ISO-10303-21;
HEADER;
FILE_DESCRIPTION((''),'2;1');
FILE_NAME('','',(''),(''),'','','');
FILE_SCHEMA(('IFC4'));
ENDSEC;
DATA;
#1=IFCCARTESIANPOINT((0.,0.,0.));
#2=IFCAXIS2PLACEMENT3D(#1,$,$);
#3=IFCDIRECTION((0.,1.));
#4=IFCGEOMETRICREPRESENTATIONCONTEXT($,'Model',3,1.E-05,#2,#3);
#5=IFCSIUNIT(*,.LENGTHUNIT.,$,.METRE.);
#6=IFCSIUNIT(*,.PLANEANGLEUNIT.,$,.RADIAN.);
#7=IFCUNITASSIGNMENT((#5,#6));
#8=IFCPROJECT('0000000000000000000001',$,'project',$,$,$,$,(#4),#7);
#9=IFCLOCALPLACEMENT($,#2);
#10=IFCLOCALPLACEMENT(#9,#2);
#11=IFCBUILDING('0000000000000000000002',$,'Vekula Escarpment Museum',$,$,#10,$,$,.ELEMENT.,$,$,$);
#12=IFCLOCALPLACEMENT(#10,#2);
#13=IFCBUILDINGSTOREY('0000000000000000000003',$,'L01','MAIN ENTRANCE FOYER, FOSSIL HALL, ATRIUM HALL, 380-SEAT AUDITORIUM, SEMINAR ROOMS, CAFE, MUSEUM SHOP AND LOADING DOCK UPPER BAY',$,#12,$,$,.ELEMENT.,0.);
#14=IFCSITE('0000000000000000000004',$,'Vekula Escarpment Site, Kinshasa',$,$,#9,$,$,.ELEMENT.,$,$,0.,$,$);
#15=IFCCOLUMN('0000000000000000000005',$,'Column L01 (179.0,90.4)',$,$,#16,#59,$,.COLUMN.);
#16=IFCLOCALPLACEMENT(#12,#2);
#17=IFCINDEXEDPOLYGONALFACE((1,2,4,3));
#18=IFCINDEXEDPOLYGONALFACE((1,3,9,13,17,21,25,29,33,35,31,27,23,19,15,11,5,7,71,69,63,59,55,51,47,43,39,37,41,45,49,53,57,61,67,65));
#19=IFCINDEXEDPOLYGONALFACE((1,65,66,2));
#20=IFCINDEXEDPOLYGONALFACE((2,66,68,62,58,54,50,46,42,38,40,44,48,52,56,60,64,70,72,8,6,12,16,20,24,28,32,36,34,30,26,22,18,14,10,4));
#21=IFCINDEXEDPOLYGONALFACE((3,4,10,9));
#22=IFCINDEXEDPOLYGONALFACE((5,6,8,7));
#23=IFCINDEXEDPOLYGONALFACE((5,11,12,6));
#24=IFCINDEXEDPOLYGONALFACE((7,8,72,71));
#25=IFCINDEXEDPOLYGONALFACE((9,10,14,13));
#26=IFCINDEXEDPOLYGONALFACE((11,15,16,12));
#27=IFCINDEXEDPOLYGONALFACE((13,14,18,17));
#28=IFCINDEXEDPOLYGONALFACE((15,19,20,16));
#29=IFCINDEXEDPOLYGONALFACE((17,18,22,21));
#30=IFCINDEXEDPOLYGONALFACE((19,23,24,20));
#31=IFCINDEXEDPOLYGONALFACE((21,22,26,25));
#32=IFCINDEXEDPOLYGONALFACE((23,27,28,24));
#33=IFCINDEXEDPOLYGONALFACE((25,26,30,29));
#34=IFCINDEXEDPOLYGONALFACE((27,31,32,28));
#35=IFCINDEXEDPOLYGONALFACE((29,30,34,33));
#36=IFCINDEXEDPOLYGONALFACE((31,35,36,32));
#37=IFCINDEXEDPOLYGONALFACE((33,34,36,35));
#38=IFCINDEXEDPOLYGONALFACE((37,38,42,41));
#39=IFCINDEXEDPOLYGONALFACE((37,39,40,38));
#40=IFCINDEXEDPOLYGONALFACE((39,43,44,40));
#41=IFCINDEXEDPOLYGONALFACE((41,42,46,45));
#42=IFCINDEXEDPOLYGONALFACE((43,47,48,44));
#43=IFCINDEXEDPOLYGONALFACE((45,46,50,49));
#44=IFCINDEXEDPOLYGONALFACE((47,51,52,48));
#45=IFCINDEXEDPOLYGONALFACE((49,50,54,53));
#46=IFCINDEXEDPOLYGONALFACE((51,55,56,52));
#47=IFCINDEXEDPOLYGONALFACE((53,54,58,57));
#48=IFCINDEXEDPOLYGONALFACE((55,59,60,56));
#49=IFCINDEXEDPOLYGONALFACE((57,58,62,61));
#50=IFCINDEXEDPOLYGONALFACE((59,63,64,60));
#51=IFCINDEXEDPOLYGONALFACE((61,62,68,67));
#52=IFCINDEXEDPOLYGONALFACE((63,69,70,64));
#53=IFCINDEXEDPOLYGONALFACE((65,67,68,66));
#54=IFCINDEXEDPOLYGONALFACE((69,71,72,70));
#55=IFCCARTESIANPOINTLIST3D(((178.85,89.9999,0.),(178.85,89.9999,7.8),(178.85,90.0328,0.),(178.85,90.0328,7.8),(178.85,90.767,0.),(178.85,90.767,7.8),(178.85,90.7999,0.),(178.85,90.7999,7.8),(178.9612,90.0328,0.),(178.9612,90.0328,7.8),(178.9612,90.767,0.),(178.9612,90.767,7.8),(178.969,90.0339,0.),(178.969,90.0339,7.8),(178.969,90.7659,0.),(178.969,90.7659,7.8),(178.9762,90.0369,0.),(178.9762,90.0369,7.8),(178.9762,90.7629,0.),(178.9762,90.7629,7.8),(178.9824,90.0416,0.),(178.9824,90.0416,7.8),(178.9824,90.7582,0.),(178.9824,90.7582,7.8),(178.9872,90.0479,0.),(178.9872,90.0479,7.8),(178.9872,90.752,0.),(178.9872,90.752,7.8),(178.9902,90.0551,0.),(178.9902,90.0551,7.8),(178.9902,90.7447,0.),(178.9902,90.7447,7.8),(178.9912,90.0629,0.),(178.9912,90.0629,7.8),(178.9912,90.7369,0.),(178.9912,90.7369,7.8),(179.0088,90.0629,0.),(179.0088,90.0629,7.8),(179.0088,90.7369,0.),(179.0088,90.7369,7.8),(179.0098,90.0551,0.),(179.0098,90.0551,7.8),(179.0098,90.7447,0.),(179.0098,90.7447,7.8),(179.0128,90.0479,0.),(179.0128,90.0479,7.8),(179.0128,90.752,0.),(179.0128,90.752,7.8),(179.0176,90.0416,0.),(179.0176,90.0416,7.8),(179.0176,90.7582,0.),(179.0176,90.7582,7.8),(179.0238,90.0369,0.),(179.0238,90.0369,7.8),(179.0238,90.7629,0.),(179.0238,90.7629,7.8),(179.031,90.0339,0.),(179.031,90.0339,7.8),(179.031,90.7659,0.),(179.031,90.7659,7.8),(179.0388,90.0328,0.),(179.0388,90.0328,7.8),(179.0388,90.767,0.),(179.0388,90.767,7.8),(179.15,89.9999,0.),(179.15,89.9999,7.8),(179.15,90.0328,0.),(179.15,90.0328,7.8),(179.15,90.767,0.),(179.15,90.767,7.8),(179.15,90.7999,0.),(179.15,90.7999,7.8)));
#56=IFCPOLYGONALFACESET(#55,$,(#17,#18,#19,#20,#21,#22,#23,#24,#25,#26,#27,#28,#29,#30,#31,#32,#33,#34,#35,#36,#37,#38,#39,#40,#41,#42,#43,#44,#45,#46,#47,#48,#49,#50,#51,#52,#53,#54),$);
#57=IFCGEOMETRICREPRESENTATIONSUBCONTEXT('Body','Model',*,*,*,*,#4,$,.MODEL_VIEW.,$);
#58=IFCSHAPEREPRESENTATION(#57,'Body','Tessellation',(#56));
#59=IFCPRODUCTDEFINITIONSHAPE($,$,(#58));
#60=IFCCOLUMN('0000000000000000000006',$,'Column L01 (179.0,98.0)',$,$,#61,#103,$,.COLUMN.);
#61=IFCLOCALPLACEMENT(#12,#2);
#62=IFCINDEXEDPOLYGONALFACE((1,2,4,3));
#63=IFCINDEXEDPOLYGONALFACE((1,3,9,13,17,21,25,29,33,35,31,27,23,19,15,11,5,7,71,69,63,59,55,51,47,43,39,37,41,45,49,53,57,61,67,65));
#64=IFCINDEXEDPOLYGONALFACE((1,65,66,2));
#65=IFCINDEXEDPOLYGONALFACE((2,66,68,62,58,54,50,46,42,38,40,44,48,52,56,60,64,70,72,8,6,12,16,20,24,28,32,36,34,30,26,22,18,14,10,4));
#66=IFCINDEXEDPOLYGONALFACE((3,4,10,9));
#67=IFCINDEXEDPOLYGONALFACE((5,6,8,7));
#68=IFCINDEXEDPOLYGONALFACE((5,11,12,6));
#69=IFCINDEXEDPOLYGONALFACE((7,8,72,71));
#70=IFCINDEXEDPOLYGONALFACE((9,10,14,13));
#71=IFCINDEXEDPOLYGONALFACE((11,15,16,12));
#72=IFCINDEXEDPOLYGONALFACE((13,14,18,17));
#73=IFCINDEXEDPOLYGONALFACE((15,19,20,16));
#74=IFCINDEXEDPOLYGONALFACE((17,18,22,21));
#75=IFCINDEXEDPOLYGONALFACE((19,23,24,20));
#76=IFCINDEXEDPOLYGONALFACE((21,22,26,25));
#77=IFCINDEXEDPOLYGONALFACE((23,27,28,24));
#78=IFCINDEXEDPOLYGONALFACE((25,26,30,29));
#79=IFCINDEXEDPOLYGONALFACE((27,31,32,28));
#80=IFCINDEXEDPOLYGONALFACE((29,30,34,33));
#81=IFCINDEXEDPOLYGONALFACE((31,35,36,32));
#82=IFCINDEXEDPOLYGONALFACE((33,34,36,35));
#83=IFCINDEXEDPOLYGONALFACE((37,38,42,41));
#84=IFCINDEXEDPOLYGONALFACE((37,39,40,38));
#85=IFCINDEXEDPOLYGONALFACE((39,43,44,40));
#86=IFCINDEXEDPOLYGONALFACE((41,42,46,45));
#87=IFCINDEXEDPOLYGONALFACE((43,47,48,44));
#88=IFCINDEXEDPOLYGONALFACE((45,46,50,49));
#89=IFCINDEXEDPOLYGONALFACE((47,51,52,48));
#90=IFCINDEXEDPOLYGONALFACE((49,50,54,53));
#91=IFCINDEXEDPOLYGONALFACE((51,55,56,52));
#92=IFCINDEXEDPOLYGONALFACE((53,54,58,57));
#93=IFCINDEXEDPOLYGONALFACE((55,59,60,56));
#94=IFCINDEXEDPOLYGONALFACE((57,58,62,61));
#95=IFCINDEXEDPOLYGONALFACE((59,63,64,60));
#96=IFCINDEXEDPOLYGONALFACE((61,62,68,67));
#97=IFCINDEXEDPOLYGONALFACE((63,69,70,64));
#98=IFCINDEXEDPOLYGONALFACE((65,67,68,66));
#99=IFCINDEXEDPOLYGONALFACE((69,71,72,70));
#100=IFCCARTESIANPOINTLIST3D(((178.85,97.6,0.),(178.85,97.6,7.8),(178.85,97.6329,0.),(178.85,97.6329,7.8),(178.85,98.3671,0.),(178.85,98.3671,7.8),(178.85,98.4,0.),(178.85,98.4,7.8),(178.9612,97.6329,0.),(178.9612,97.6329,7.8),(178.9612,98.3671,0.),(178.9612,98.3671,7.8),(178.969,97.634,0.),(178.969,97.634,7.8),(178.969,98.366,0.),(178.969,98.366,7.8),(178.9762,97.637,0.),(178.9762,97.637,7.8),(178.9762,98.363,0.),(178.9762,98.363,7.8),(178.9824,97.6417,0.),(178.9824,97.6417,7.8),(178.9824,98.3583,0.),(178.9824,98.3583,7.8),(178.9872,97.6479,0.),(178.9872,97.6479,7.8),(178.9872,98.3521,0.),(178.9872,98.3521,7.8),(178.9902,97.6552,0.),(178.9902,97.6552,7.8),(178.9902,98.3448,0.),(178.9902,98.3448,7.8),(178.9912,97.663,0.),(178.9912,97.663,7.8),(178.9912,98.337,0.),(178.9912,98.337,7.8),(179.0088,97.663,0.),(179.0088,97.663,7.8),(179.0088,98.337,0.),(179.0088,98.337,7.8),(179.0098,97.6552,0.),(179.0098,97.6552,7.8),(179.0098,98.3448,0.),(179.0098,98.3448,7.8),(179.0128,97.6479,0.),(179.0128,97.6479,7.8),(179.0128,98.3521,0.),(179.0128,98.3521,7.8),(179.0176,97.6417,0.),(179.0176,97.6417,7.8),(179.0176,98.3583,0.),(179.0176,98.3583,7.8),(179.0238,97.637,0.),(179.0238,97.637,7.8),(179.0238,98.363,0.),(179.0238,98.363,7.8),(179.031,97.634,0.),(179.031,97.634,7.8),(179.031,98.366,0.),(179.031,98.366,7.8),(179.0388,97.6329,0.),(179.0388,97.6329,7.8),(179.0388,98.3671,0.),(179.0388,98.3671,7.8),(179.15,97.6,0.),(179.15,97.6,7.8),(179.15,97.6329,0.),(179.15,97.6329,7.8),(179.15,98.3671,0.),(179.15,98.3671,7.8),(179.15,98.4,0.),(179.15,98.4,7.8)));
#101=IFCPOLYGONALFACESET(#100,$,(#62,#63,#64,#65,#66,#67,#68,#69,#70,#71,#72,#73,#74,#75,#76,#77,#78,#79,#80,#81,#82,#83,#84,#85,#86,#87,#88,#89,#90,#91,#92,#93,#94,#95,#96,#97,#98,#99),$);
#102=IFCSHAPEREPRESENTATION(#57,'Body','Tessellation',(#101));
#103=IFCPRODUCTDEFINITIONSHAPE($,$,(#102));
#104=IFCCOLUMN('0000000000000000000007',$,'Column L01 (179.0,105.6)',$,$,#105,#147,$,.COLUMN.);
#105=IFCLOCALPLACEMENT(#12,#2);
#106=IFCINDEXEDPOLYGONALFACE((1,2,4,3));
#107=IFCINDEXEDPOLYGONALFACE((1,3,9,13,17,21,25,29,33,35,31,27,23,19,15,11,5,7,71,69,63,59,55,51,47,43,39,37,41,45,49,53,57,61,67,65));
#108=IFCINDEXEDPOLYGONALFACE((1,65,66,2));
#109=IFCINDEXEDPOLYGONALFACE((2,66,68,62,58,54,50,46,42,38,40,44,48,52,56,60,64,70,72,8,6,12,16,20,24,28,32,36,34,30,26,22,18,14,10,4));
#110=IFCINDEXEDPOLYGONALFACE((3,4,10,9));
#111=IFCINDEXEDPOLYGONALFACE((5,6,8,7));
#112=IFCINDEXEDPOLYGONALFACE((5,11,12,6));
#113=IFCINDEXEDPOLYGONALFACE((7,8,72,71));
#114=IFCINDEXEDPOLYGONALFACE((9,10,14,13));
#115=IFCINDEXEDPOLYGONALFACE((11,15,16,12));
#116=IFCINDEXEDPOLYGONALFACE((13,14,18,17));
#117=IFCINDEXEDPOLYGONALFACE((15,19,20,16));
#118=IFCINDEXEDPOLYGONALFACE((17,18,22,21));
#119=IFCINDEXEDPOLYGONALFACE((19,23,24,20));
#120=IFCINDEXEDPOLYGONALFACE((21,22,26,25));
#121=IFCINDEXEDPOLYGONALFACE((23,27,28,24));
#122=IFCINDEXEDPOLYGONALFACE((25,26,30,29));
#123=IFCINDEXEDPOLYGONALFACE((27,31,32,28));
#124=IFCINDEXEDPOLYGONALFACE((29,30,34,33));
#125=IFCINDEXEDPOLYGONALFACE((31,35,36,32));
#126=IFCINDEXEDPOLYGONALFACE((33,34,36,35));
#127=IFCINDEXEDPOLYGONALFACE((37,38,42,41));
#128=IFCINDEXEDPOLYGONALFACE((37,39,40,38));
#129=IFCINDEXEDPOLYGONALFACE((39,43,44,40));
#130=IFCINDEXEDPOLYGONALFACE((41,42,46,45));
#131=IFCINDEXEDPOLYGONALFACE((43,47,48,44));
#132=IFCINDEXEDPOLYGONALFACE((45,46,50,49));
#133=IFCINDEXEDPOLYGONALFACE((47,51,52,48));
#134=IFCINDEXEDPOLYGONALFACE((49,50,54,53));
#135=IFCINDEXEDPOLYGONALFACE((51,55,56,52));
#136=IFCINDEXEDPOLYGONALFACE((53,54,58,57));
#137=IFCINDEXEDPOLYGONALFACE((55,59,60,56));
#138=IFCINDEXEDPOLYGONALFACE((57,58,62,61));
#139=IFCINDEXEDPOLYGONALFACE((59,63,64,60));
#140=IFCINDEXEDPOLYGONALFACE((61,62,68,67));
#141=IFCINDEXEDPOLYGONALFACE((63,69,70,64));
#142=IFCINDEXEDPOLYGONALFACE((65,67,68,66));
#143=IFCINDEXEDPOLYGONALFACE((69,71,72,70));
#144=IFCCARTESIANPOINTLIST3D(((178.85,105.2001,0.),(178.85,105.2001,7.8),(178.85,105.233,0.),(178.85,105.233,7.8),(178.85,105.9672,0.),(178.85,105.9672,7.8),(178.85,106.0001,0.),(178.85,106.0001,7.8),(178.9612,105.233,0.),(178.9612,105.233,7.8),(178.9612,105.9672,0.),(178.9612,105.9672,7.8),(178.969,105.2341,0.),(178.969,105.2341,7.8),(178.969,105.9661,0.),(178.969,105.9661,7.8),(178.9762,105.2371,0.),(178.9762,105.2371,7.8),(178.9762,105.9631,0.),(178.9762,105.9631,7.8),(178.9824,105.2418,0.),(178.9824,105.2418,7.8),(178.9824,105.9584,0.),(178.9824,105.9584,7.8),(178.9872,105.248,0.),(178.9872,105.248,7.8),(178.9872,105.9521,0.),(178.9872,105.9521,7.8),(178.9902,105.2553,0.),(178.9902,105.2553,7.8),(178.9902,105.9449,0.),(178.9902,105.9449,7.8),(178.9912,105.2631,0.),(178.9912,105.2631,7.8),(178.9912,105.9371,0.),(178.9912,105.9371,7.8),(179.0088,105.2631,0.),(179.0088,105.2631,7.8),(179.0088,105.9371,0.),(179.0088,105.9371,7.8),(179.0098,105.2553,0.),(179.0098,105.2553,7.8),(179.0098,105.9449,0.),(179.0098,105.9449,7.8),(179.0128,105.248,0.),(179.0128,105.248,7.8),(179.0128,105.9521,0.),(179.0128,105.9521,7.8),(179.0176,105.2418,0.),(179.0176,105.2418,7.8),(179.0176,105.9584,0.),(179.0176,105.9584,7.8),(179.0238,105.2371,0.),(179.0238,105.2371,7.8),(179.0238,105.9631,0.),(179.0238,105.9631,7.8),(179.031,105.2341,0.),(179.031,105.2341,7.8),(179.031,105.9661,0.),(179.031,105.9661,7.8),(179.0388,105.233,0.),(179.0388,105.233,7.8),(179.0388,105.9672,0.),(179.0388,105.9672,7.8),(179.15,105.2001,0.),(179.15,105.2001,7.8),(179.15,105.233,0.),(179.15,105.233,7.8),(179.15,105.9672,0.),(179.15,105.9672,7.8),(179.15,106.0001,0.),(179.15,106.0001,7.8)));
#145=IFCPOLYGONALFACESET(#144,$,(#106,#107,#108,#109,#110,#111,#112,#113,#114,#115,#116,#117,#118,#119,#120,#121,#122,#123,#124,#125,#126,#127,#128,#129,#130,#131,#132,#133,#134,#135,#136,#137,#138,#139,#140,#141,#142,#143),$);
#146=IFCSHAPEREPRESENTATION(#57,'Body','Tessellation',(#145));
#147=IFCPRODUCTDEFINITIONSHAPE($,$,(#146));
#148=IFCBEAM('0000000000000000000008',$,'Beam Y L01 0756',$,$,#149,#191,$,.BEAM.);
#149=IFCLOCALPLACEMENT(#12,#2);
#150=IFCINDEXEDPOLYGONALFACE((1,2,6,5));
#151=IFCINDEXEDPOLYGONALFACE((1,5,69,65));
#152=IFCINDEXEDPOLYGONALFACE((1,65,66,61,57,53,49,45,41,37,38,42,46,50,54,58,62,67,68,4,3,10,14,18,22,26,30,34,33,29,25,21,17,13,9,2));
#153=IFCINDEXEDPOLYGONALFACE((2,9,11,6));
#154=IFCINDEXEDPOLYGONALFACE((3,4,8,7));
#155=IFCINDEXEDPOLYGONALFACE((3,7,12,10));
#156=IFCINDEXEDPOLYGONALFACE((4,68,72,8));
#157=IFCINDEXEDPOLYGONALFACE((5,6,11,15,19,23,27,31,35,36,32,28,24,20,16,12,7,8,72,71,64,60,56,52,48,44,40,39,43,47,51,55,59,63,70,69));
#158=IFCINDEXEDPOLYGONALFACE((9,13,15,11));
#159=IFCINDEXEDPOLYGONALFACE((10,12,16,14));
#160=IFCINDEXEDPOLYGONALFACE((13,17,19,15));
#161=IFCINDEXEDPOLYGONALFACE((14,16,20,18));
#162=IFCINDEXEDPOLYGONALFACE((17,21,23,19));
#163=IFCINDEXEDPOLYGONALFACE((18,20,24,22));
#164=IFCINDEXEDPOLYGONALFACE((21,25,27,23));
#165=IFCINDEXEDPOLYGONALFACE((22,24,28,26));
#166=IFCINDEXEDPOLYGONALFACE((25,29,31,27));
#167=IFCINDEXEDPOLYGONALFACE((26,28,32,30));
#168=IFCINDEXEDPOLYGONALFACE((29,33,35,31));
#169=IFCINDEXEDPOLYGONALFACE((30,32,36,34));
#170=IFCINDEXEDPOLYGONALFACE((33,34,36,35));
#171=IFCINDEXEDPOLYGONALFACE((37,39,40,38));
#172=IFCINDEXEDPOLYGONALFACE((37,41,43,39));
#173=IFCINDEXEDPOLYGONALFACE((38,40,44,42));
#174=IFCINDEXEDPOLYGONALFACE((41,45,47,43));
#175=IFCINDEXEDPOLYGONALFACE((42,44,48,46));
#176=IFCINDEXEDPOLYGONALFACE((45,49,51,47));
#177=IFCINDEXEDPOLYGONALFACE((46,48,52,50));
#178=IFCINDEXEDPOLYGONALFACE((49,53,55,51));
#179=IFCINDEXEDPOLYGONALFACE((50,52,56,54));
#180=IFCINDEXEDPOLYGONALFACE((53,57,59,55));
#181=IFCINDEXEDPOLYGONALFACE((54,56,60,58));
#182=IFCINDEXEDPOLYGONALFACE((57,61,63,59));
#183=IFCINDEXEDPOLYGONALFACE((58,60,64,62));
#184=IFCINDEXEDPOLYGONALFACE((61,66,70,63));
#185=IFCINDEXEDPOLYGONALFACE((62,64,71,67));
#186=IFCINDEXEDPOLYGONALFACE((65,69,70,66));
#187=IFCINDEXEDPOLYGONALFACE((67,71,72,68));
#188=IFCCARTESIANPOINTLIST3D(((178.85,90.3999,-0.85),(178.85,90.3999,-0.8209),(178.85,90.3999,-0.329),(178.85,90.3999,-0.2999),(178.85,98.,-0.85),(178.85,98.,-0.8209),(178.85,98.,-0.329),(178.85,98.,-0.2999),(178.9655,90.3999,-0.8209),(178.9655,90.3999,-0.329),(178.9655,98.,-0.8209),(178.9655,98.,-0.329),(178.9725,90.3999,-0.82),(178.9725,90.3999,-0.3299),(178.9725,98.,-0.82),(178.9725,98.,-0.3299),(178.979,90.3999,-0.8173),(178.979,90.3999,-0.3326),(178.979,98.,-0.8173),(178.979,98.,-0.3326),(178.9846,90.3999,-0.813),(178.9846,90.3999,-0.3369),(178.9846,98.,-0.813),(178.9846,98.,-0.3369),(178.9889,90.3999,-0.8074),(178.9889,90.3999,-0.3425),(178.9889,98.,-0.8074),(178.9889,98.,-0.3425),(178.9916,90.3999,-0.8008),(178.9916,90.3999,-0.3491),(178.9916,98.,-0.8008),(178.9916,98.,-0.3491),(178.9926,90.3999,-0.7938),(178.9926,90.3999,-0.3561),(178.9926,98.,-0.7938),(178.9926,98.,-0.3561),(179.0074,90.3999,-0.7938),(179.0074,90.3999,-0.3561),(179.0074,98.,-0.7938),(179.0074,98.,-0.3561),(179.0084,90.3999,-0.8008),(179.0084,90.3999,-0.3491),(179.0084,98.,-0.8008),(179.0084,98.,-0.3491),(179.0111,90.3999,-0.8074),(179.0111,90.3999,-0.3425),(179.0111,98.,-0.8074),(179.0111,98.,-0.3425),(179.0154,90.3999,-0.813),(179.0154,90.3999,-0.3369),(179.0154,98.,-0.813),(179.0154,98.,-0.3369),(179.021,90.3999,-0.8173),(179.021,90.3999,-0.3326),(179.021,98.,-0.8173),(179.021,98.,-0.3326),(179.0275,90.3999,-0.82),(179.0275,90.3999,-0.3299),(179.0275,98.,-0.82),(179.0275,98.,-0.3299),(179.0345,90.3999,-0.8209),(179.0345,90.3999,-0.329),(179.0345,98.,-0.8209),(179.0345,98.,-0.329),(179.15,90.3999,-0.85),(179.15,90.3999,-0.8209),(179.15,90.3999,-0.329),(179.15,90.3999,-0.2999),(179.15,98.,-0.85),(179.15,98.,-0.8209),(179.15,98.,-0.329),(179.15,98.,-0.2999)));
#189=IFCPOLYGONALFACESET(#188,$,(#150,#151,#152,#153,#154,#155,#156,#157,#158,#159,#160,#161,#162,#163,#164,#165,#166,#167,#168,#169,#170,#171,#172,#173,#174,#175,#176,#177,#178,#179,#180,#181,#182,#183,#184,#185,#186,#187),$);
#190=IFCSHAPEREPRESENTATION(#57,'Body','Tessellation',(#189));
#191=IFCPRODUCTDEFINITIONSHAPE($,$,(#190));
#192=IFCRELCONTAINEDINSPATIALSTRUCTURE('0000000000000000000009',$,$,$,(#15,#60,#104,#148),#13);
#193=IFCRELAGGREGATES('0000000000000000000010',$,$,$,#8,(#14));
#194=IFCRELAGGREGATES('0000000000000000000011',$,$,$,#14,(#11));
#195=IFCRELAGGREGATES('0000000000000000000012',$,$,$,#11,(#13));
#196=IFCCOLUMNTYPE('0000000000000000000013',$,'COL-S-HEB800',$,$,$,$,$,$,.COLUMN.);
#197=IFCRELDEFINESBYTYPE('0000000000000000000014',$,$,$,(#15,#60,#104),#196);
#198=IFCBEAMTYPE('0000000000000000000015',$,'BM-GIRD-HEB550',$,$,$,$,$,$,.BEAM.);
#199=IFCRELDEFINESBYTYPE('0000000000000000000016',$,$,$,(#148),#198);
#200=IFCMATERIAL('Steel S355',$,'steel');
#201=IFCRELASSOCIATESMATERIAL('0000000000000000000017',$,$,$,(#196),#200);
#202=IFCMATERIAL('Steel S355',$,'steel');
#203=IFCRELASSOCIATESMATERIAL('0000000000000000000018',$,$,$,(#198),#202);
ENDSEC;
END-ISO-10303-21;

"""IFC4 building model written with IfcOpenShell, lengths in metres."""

from ifc_helpers import new_model, si_unit, direction, frame, origin, origin_2d, place, context, subcontext, project, spatial, i_section, extrude, material, material_profile, profile_set, type_object, element, save


model = new_model("IFC4")

# Units and contexts
model_context = context("Model", 3, precision=1e-05, world=origin(), true_north=direction((0.0, 1.0)))
body_context = subcontext(model_context, "Body", "Model", "MODEL_VIEW")
ifc_project = project(units=[si_unit("LENGTHUNIT", "METRE"), si_unit("PLANEANGLEUNIT", "RADIAN")], contexts=[model_context])

# Site, building, storey
site_placement = place(None, origin())
site = spatial("IfcSite", under=ifc_project, at=site_placement, Name="Vekula Escarpment Site, Kinshasa", CompositionType="ELEMENT", RefElevation=0.0)
building_placement = place(site_placement, origin())
building = spatial("IfcBuilding", under=site, at=building_placement, Name="Vekula Escarpment Museum", CompositionType="ELEMENT")
storey_placement = place(building_placement, origin())
storey = spatial("IfcBuildingStorey", under=building, at=storey_placement, Name="L01", Description="MAIN ENTRANCE FOYER, FOSSIL HALL, ATRIUM HALL, 380-SEAT AUDITORIUM, SEMINAR ROOMS, CAFE, MUSEUM SHOP AND LOADING DOCK UPPER BAY", CompositionType="ELEMENT", Elevation=0.0)

# Columns
ifc_material_1 = material(Name="Steel S355", Category="steel")
ifc_material_profile_1 = material_profile(ifc_material_1, i_section(OverallWidth=0.3, OverallDepth=0.8, WebThickness=0.0176, FlangeThickness=0.033, FilletRadius=0.03, at=origin_2d()), Name="HEB 800")
ifc_profile_set_1 = profile_set([ifc_material_profile_1], Name="Steel S355")
column_type = type_object("IfcColumnType", Name="COL-S-HEB800", PredefinedType="COLUMN", material=ifc_profile_set_1)
for number, where, z_axis, x_axis, name in (
    (1, (179.0, 90.3999, 0.0), (0.0, 0.0, 1.0), (1.0, 0.0, 0.0), "Column L01 (179.0,90.4)"),
    (2, (179.0, 98.0, 0.0), (0.0, 0.0, 1.0), (1.0, 0.0, 0.0), "Column L01 (179.0,98.0)"),
    (3, (179.0, 105.6001, 0.0), (0.0, 0.0, 1.0), (1.0, 0.0, 0.0), "Column L01 (179.0,105.6)"),
):
    element("IfcColumn", number, at=place(storey_placement, frame(where, z_axis=z_axis, x_axis=x_axis)), inside=storey, type_object=column_type, Name=name, PredefinedType="COLUMN", context=body_context, shape_type="SweptSolid", body=[
        extrude(i_section(OverallWidth=0.3, OverallDepth=0.8, WebThickness=0.0176, FlangeThickness=0.033, FilletRadius=0.03, at=origin_2d()), origin(), (0.0, 0.0, 1.0), 7.8),
    ])

# Beam
ifc_material_2 = material(Name="Steel S355", Category="steel")
ifc_material_profile_2 = material_profile(ifc_material_2, i_section(OverallWidth=0.3, OverallDepth=0.55, WebThickness=0.0149, FlangeThickness=0.0291, FilletRadius=0.0271, at=origin_2d()), Name="HEB 550")
ifc_profile_set_2 = profile_set([ifc_material_profile_2], Name="Steel S355")
beam_type_1 = type_object("IfcBeamType", Name="BM-GIRD-HEB550", PredefinedType="BEAM", material=ifc_profile_set_2)
for number, where, z_axis, x_axis, name in (
    (4, (179.0, 90.3999, -0.575), (0.0, 1.0, 0.0), (-1.0, 0.0, 0.0), "Beam Y L01 0756"),
):
    element("IfcBeam", number, at=place(storey_placement, frame(where, z_axis=z_axis, x_axis=x_axis)), inside=storey, type_object=beam_type_1, Name=name, PredefinedType="BEAM", context=body_context, shape_type="SweptSolid", body=[
        extrude(i_section(OverallWidth=0.3, OverallDepth=0.55, WebThickness=0.0149, FlangeThickness=0.0291, FilletRadius=0.0271, at=origin_2d()), origin(), (0.0, 0.0, 1.0), 7.6001),
    ])

save(model, "model.ifc")
